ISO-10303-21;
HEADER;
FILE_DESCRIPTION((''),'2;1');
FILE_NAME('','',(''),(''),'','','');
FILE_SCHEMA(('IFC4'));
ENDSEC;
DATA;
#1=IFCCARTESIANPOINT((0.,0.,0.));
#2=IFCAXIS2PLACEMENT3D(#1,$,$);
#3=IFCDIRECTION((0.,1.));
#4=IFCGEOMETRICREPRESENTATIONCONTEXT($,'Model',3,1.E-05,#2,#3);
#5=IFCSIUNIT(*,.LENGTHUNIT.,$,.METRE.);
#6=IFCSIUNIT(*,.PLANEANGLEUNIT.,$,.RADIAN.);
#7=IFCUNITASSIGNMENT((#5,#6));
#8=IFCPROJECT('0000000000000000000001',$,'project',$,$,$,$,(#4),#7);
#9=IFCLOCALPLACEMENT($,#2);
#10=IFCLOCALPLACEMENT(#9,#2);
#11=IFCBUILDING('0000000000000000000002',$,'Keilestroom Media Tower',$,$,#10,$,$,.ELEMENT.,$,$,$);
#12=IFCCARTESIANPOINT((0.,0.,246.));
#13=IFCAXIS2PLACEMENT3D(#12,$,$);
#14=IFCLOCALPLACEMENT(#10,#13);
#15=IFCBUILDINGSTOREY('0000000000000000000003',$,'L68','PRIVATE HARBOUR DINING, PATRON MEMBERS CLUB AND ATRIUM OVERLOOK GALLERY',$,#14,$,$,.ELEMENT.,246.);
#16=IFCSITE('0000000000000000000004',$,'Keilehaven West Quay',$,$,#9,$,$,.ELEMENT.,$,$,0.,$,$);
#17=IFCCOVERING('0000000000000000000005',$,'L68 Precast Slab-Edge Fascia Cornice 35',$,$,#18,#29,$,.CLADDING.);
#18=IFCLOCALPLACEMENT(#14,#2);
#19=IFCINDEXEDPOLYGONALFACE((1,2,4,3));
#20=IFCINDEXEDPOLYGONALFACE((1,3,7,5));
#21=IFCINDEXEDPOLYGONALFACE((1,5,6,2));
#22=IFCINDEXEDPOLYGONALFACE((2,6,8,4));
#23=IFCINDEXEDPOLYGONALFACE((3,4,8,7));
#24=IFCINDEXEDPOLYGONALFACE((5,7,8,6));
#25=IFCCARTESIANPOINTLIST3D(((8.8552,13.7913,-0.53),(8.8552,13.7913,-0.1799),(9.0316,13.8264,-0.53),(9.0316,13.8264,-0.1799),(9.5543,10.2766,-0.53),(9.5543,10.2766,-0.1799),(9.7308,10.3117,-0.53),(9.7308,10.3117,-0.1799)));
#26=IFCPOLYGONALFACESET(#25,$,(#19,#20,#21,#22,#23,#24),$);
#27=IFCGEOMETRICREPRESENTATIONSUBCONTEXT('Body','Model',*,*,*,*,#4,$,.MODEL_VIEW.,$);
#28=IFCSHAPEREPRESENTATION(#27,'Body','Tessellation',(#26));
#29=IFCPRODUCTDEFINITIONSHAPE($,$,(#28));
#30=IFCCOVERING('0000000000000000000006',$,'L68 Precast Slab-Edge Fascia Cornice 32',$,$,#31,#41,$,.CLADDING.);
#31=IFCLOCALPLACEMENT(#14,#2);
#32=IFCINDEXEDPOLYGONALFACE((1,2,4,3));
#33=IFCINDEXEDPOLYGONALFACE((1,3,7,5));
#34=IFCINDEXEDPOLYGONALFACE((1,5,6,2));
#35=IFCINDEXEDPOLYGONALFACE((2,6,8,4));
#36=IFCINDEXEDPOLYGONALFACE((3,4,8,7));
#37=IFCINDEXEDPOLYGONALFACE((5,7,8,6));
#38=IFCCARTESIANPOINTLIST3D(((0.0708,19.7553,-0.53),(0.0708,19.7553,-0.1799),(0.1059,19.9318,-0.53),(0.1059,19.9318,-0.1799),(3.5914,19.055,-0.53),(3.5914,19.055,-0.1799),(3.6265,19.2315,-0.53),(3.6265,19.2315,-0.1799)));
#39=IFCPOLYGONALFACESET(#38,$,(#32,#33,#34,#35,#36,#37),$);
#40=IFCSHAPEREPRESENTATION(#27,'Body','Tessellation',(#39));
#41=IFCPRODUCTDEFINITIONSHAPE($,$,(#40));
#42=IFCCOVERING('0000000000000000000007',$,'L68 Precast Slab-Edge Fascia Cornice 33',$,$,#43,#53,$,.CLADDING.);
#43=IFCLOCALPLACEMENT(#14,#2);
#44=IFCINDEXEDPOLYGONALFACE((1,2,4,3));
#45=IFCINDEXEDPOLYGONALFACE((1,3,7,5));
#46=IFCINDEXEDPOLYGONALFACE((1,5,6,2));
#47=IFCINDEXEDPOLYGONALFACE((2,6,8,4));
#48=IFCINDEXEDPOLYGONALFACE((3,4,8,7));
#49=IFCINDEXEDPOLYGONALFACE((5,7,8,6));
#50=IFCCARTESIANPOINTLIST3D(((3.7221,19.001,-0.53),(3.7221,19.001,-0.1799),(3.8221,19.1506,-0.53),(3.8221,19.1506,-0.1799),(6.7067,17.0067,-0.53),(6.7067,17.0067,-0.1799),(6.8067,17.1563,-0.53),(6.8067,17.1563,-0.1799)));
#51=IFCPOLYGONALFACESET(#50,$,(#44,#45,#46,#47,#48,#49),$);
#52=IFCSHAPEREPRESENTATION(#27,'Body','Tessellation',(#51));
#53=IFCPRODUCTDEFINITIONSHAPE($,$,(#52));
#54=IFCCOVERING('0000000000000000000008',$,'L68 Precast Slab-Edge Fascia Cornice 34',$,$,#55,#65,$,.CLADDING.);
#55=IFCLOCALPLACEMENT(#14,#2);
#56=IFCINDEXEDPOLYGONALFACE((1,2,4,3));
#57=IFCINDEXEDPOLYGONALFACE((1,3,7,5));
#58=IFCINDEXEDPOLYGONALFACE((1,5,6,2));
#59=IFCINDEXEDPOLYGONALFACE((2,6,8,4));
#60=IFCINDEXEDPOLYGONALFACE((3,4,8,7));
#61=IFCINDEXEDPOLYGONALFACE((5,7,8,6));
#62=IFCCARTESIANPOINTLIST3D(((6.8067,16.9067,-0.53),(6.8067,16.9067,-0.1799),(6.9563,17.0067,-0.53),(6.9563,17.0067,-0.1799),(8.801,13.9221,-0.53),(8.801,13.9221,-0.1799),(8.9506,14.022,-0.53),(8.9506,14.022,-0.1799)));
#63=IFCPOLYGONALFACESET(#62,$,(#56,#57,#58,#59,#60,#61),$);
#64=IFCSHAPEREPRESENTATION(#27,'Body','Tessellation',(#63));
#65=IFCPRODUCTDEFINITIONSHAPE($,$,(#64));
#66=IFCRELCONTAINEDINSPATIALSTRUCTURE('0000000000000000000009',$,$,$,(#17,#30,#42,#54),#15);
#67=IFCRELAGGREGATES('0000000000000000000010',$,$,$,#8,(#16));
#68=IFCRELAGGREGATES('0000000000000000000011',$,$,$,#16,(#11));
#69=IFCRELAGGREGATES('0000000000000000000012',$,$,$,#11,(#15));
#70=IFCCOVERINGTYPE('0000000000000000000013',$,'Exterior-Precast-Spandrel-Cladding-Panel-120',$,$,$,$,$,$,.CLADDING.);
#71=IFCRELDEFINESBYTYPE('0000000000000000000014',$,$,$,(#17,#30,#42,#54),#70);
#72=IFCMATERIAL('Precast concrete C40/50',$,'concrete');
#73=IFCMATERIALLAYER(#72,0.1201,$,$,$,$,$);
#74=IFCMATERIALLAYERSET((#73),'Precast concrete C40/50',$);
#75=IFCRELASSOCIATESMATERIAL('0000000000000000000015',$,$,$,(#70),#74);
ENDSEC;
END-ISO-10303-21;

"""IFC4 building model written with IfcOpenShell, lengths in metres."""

from ifc_helpers import new_model, si_unit, direction, frame, origin, origin_2d, place, context, subcontext, project, spatial, rectangle, extrude, source, transform, mapped, material, layer, layer_set, type_object, element, save


model = new_model("IFC4")

# Units and contexts
model_context = context("Model", 3, precision=1e-05, world=origin(), true_north=direction((0.0, 1.0)))
body_context = subcontext(model_context, "Body", "Model", "MODEL_VIEW")
ifc_project = project(units=[si_unit("LENGTHUNIT", "METRE"), si_unit("PLANEANGLEUNIT", "RADIAN")], contexts=[model_context])

# Site, building, storey
site_placement = place(None, origin())
site = spatial("IfcSite", under=ifc_project, at=site_placement, Name="Keilehaven West Quay", CompositionType="ELEMENT", RefElevation=0.0)
building_placement = place(site_placement, origin())
building = spatial("IfcBuilding", under=site, at=building_placement, Name="Keilestroom Media Tower", CompositionType="ELEMENT")
storey_placement = place(building_placement, frame((0.0, 0.0, 246.0)))
storey = spatial("IfcBuildingStorey", under=building, at=storey_placement, Name="L68", Description="PRIVATE HARBOUR DINING, PATRON MEMBERS CLUB AND ATRIUM OVERLOOK GALLERY", CompositionType="ELEMENT", Elevation=246.0)

# Shared definitions
ifc_material_1 = material(Name="Precast concrete C40/50", Category="concrete")

# Coverings
ifc_layer_1 = layer(ifc_material_1, 0.1201)
ifc_layer_set_1 = layer_set([ifc_layer_1], Name="Precast concrete C40/50")
covering_type = type_object("IfcCoveringType", Name="Exterior-Precast-Spandrel-Cladding-Panel-120", PredefinedType="CLADDING", material=ifc_layer_set_1)
shared_shape_1 = source(origin(), body_context, "Body", "SweptSolid", [
    extrude(rectangle(XDim=3.5835, YDim=0.1799, at=origin_2d()), origin(), (0.0, 0.0, 1.0), 0.3501),
])
covering_1_placement = place(storey_placement, frame((9.293, 12.0515, -0.53), z_axis=(0.0, 0.0, 1.0), x_axis=(0.195099, -0.980784, 0.0)))
element("IfcCovering", 1, at=covering_1_placement, inside=storey, type_object=covering_type, Name="L68 Precast Slab-Edge Fascia Cornice 35", PredefinedType="CLADDING", context=body_context, shape_type="MappedRepresentation", body=[
    mapped(shared_shape_1, transform((0.0, 0.0, 0.0), x_axis=(1.0, 0.0, 0.0), y_axis=(0.0, 1.0, 0.0), z_axis=(0.0, 0.0, 1.0), scale=1.0)),
])
shared_shape_2 = source(origin(), body_context, "Body", "SweptSolid", [
    extrude(rectangle(XDim=3.5896, YDim=0.1799, at=origin_2d()), origin(), (0.0, 0.0, 1.0), 0.3501),
])
for number, where, z_axis, x_axis, name in (
    (2, (1.8486, 19.4934, -0.53), (0.0, 0.0, 1.0), (0.980784, -0.195099, 0.0), "L68 Precast Slab-Edge Fascia Cornice 32"),
    (3, (5.2644, 18.0786, -0.53), (0.0, 0.0, 1.0), (0.831467, -0.555575, 0.0), "L68 Precast Slab-Edge Fascia Cornice 33"),
    (4, (7.8787, 15.4644, -0.53), (0.0, 0.0, 1.0), (0.555575, -0.831467, 0.0), "L68 Precast Slab-Edge Fascia Cornice 34"),
):
    element("IfcCovering", number, at=place(storey_placement, frame(where, z_axis=z_axis, x_axis=x_axis)), inside=storey, type_object=covering_type, Name=name, PredefinedType="CLADDING", context=body_context, shape_type="MappedRepresentation", body=[
        mapped(shared_shape_2, transform((0.0, 0.0, 0.0), x_axis=(1.0, 0.0, 0.0), y_axis=(0.0, 1.0, 0.0), z_axis=(0.0, 0.0, 1.0), scale=1.0)),
    ])

save(model, "model.ifc")
